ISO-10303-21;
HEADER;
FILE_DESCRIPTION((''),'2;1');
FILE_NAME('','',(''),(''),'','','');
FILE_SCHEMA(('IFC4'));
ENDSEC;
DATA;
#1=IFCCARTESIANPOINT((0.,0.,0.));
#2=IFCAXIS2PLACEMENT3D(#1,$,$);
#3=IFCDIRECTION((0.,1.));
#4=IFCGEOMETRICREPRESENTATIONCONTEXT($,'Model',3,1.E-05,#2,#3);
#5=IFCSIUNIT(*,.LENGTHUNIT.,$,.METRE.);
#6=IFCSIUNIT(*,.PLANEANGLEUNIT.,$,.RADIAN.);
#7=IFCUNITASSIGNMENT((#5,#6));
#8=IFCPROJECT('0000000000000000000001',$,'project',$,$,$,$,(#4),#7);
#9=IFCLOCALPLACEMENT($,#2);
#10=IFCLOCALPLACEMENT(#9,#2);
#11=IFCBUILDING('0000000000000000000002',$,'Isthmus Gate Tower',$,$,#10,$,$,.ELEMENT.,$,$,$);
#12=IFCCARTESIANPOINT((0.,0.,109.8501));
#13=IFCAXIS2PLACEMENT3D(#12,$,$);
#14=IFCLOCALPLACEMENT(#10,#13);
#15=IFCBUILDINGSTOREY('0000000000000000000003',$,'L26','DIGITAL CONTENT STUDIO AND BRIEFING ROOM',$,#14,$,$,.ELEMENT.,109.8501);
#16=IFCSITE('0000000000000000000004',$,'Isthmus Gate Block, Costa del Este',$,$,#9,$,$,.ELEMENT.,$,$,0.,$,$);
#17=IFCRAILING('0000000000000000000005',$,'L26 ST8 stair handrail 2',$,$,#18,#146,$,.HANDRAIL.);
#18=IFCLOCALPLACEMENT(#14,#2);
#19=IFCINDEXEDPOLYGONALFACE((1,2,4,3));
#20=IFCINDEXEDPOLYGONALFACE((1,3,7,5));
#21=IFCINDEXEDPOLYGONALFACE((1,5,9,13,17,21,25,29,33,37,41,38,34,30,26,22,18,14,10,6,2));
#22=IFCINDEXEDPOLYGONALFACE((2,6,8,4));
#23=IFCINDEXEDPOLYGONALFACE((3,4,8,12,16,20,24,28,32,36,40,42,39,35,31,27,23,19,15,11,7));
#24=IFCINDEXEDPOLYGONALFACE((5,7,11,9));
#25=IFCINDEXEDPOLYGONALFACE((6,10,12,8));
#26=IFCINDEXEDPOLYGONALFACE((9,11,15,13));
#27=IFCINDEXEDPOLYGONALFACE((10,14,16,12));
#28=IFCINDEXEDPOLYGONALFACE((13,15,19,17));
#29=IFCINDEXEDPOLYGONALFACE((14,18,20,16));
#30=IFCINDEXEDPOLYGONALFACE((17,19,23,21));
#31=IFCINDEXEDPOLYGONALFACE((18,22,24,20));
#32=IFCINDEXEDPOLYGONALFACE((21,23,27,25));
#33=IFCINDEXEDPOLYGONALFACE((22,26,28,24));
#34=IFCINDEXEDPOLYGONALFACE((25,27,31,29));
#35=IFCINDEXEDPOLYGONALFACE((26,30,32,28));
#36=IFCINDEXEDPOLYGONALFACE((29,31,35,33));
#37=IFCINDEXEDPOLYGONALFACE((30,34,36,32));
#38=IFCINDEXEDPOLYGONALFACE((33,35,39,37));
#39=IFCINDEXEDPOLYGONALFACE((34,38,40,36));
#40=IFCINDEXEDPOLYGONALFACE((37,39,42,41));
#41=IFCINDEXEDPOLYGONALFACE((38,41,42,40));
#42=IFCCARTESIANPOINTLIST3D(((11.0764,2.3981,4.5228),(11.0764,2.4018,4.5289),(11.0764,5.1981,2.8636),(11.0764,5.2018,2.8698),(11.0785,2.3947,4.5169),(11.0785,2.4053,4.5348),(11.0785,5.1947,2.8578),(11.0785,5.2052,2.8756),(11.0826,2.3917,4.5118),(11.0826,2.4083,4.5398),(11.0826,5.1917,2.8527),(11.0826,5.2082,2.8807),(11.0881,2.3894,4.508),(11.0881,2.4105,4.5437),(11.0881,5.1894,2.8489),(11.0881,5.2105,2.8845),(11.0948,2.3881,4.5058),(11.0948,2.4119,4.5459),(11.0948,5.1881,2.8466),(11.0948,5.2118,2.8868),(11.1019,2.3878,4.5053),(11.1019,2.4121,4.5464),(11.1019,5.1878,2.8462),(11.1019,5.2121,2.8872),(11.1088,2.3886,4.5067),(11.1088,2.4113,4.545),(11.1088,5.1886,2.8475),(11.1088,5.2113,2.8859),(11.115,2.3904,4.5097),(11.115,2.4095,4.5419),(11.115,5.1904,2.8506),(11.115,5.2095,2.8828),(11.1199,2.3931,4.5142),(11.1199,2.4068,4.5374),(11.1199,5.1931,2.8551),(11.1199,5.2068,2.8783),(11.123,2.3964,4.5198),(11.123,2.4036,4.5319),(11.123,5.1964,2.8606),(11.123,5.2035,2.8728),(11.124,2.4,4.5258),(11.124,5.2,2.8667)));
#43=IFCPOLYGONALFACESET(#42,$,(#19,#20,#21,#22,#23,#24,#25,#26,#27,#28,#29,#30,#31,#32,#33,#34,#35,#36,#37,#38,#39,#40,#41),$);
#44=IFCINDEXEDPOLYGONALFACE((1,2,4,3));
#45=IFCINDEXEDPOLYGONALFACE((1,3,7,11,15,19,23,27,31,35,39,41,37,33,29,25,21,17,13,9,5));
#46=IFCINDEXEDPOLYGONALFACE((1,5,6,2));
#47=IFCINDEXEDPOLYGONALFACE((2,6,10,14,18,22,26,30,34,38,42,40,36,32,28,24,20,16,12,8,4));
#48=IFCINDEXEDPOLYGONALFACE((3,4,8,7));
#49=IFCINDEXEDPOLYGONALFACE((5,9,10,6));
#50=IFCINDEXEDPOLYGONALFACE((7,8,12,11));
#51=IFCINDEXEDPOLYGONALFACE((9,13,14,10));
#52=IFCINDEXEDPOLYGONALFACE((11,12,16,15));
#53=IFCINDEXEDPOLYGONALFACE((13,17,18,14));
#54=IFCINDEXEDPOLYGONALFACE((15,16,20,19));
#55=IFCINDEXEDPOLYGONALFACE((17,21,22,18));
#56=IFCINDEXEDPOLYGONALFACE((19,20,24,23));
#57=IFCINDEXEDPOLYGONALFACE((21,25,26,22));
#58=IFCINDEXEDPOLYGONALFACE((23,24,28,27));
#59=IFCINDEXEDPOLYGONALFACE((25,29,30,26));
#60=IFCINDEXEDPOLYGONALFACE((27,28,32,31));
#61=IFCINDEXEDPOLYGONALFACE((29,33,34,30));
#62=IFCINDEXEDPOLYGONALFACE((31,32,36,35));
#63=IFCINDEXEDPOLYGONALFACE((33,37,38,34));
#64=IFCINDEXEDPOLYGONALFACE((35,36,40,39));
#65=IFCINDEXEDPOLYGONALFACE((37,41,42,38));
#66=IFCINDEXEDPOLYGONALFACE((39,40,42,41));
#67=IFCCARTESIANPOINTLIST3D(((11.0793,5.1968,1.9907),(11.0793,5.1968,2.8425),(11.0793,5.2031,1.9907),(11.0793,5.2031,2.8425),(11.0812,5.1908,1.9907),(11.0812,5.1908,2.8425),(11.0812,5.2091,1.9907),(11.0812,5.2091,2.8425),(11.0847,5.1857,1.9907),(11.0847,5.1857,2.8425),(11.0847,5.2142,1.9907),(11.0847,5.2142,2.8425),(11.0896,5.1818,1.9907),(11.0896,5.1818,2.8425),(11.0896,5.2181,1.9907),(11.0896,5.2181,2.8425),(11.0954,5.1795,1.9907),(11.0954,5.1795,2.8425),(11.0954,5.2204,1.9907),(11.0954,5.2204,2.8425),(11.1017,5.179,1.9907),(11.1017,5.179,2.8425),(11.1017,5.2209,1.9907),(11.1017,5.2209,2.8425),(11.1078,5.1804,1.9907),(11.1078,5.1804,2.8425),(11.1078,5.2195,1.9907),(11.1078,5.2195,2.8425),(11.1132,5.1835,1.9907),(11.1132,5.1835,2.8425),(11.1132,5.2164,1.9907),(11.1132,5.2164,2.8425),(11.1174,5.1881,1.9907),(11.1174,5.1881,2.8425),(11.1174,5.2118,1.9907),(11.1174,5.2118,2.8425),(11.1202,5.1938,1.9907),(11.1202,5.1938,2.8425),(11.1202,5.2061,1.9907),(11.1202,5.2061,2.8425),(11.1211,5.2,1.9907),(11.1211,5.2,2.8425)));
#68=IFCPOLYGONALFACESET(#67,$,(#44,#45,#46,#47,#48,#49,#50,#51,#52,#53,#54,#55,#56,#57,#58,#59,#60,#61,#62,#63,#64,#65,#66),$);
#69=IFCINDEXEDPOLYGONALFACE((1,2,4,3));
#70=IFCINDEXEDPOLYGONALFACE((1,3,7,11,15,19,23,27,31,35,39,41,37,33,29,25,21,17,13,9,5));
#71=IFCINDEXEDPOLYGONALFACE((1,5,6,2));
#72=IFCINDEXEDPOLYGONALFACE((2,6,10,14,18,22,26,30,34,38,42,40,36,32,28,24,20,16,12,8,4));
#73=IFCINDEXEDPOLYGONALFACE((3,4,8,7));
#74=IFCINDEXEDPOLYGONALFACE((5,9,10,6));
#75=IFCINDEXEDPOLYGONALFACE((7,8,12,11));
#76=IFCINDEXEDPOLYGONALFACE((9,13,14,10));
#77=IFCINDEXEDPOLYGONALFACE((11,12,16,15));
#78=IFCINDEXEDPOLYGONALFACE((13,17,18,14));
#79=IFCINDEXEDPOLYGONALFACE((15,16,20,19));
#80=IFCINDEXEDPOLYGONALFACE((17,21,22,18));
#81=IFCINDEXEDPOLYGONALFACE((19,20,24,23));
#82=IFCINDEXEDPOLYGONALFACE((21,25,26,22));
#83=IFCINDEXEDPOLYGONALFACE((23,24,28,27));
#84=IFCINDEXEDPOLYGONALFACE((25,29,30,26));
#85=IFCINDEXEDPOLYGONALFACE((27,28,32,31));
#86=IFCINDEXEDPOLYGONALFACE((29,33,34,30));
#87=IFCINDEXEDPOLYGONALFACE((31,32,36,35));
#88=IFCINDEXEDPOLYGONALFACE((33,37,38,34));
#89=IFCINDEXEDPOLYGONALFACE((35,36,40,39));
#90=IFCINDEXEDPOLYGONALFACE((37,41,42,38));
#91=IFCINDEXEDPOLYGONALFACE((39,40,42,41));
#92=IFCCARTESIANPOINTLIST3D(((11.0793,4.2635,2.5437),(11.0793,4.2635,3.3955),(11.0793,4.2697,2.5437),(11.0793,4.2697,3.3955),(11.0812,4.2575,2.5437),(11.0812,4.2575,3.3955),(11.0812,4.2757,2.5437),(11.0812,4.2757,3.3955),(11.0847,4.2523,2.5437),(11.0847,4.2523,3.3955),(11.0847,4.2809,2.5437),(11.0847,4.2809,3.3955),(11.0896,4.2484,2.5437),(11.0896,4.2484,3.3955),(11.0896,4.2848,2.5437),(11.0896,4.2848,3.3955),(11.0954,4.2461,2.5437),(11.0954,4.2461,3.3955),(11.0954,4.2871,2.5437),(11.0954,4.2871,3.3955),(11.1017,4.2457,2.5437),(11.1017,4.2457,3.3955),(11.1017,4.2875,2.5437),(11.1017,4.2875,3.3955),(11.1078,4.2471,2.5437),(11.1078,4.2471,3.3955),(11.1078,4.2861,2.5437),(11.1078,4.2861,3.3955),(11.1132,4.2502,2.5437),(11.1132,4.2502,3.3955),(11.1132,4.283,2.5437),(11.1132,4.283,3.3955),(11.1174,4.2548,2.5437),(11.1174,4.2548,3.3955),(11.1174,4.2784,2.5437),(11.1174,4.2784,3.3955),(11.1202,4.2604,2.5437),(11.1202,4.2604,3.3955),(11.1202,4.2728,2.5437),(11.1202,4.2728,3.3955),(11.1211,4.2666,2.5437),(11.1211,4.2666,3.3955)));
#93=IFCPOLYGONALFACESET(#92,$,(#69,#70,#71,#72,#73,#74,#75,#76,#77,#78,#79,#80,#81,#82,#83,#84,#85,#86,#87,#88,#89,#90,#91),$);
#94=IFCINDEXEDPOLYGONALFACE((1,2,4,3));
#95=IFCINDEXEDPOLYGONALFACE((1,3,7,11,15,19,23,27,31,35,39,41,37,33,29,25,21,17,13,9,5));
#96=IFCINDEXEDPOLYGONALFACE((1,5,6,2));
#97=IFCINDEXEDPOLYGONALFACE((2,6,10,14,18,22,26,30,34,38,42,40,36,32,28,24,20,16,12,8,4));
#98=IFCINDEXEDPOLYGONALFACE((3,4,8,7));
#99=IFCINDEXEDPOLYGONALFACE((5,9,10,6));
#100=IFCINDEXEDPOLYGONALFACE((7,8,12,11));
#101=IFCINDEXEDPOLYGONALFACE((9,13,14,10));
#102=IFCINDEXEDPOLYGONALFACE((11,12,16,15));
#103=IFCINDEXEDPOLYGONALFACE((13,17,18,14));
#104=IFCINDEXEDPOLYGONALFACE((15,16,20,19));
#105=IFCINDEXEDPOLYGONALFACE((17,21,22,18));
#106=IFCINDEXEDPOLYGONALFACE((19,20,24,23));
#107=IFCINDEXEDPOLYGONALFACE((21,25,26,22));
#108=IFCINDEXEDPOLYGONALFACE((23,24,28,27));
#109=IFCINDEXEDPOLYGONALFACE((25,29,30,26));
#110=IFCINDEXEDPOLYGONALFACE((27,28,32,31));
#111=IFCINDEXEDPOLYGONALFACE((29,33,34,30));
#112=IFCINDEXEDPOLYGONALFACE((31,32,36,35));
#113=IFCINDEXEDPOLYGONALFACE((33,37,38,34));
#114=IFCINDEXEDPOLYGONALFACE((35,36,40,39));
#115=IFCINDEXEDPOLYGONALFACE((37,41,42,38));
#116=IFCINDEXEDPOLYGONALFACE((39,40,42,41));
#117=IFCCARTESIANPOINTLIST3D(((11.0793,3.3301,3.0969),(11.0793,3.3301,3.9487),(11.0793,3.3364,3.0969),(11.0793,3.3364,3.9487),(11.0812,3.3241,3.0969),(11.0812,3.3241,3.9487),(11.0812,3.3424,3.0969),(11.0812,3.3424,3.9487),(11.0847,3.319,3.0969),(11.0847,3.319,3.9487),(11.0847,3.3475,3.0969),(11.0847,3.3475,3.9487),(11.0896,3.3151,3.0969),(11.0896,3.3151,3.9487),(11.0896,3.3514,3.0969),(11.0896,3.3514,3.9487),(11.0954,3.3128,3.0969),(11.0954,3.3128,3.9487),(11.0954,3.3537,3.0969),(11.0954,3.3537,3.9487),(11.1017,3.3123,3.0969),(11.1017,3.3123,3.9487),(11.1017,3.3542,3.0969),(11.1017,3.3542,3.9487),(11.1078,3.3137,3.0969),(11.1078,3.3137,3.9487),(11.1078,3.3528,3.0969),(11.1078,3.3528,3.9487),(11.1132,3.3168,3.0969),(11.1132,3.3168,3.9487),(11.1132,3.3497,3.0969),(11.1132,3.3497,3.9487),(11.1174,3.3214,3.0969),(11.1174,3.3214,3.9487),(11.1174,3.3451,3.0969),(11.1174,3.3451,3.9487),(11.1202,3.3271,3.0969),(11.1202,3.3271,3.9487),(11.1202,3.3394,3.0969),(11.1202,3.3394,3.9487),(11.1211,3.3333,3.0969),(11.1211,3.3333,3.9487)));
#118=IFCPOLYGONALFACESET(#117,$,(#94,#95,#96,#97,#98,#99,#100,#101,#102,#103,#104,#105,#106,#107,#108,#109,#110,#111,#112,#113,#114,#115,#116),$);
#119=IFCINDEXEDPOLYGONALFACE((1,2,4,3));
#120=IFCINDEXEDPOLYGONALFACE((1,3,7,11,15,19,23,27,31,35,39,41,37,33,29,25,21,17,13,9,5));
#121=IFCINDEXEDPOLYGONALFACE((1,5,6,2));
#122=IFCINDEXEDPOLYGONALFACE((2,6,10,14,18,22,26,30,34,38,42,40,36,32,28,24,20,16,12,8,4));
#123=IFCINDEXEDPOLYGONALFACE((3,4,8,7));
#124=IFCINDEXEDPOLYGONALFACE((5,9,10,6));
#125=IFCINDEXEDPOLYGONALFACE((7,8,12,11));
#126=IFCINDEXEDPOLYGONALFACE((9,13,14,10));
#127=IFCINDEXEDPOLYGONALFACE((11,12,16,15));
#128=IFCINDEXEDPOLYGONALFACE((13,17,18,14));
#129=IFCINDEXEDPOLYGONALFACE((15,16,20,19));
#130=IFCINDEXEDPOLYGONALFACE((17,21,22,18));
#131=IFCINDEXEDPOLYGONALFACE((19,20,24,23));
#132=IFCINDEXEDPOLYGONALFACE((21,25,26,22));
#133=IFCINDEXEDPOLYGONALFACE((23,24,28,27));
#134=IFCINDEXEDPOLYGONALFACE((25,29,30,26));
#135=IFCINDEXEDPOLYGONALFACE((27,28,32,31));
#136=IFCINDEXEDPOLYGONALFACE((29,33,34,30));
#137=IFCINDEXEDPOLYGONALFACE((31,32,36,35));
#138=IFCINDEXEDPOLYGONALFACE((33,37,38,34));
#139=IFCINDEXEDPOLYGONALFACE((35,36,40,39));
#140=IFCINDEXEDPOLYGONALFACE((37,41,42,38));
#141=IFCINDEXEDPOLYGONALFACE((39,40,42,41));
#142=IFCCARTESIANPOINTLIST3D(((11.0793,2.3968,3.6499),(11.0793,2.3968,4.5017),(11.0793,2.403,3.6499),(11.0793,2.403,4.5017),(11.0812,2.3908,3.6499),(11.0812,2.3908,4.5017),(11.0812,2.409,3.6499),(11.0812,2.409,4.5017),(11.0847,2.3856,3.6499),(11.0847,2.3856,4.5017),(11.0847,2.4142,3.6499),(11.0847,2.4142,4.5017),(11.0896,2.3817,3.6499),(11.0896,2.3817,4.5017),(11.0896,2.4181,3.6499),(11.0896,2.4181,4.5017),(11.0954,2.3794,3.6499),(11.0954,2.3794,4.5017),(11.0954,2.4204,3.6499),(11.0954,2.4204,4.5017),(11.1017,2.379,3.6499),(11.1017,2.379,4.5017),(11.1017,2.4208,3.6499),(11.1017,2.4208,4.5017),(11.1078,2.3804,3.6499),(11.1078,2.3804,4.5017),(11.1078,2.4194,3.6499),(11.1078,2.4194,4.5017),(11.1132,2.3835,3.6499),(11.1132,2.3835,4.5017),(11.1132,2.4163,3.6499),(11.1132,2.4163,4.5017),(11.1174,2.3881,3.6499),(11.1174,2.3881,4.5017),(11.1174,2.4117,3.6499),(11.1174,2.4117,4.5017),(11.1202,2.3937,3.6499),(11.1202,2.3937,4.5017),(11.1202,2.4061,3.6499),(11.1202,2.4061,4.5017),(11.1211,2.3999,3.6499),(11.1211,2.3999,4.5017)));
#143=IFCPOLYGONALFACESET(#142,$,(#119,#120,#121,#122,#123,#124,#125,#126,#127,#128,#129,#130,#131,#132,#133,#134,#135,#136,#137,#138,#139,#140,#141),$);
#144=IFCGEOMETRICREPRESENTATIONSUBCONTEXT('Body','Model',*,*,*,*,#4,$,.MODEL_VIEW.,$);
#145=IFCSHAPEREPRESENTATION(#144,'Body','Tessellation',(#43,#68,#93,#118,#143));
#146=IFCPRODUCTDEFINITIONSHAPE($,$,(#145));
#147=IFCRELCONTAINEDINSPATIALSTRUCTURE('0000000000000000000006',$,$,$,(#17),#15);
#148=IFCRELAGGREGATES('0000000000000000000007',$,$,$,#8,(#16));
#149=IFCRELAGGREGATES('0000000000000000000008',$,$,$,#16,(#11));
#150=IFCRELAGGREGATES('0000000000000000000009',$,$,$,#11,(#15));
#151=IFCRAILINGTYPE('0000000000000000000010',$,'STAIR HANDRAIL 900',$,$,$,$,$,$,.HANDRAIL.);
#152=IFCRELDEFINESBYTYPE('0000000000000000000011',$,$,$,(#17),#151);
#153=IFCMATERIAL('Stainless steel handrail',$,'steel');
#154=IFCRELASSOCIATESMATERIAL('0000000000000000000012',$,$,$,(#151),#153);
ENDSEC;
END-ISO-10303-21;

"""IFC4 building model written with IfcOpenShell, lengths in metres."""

from ifc_helpers import new_model, si_unit, direction, frame, origin, origin_2d, place, context, subcontext, project, spatial, circle, extrude, material, type_object, element, save


model = new_model("IFC4")

# Units and contexts
model_context = context("Model", 3, precision=1e-05, world=origin(), true_north=direction((0.0, 1.0)))
body_context = subcontext(model_context, "Body", "Model", "MODEL_VIEW")
ifc_project = project(units=[si_unit("LENGTHUNIT", "METRE"), si_unit("PLANEANGLEUNIT", "RADIAN")], contexts=[model_context])

# Site, building, storey
site_placement = place(None, origin())
site = spatial("IfcSite", under=ifc_project, at=site_placement, Name="Isthmus Gate Block, Costa del Este", CompositionType="ELEMENT", RefElevation=0.0)
building_placement = place(site_placement, origin())
building = spatial("IfcBuilding", under=site, at=building_placement, Name="Isthmus Gate Tower", CompositionType="ELEMENT")
storey_placement = place(building_placement, frame((0.0, 0.0, 109.8501)))
storey = spatial("IfcBuildingStorey", under=building, at=storey_placement, Name="L26", Description="DIGITAL CONTENT STUDIO AND BRIEFING ROOM", CompositionType="ELEMENT", Elevation=109.8501)

# Railing
ifc_material_1 = material(Name="Stainless steel handrail", Category="steel")
railing_type_1 = type_object("IfcRailingType", Name="STAIR HANDRAIL 900", PredefinedType="HANDRAIL", material=ifc_material_1)
railing_1_placement = place(storey_placement, frame((11.1001, 5.2, 1.9907)))
element("IfcRailing", 1, at=railing_1_placement, inside=storey, type_object=railing_type_1, Name="L26 ST8 stair handrail 2", PredefinedType="HANDRAIL", context=body_context, shape_type="SweptSolid", body=[
    extrude(circle(Radius=0.0239, at=origin_2d()), frame((0.0, 0.0, 0.876), z_axis=(0.0, -0.860306, 0.509778), x_axis=(1.0, 0.0, 0.0)), (0.0, 0.0, 1.0), 3.2546),
    extrude(circle(Radius=0.021, at=origin_2d()), origin(), (0.0, 0.0, 1.0), 0.8518),
    extrude(circle(Radius=0.021, at=origin_2d()), frame((0.0, -0.9333, 0.553)), (0.0, 0.0, 1.0), 0.8518),
    extrude(circle(Radius=0.021, at=origin_2d()), frame((0.0, -1.8667, 1.1062)), (0.0, 0.0, 1.0), 0.8518),
    extrude(circle(Radius=0.021, at=origin_2d()), frame((0.0, -2.8, 1.6592)), (0.0, 0.0, 1.0), 0.8518),
])

save(model, "model.ifc")
